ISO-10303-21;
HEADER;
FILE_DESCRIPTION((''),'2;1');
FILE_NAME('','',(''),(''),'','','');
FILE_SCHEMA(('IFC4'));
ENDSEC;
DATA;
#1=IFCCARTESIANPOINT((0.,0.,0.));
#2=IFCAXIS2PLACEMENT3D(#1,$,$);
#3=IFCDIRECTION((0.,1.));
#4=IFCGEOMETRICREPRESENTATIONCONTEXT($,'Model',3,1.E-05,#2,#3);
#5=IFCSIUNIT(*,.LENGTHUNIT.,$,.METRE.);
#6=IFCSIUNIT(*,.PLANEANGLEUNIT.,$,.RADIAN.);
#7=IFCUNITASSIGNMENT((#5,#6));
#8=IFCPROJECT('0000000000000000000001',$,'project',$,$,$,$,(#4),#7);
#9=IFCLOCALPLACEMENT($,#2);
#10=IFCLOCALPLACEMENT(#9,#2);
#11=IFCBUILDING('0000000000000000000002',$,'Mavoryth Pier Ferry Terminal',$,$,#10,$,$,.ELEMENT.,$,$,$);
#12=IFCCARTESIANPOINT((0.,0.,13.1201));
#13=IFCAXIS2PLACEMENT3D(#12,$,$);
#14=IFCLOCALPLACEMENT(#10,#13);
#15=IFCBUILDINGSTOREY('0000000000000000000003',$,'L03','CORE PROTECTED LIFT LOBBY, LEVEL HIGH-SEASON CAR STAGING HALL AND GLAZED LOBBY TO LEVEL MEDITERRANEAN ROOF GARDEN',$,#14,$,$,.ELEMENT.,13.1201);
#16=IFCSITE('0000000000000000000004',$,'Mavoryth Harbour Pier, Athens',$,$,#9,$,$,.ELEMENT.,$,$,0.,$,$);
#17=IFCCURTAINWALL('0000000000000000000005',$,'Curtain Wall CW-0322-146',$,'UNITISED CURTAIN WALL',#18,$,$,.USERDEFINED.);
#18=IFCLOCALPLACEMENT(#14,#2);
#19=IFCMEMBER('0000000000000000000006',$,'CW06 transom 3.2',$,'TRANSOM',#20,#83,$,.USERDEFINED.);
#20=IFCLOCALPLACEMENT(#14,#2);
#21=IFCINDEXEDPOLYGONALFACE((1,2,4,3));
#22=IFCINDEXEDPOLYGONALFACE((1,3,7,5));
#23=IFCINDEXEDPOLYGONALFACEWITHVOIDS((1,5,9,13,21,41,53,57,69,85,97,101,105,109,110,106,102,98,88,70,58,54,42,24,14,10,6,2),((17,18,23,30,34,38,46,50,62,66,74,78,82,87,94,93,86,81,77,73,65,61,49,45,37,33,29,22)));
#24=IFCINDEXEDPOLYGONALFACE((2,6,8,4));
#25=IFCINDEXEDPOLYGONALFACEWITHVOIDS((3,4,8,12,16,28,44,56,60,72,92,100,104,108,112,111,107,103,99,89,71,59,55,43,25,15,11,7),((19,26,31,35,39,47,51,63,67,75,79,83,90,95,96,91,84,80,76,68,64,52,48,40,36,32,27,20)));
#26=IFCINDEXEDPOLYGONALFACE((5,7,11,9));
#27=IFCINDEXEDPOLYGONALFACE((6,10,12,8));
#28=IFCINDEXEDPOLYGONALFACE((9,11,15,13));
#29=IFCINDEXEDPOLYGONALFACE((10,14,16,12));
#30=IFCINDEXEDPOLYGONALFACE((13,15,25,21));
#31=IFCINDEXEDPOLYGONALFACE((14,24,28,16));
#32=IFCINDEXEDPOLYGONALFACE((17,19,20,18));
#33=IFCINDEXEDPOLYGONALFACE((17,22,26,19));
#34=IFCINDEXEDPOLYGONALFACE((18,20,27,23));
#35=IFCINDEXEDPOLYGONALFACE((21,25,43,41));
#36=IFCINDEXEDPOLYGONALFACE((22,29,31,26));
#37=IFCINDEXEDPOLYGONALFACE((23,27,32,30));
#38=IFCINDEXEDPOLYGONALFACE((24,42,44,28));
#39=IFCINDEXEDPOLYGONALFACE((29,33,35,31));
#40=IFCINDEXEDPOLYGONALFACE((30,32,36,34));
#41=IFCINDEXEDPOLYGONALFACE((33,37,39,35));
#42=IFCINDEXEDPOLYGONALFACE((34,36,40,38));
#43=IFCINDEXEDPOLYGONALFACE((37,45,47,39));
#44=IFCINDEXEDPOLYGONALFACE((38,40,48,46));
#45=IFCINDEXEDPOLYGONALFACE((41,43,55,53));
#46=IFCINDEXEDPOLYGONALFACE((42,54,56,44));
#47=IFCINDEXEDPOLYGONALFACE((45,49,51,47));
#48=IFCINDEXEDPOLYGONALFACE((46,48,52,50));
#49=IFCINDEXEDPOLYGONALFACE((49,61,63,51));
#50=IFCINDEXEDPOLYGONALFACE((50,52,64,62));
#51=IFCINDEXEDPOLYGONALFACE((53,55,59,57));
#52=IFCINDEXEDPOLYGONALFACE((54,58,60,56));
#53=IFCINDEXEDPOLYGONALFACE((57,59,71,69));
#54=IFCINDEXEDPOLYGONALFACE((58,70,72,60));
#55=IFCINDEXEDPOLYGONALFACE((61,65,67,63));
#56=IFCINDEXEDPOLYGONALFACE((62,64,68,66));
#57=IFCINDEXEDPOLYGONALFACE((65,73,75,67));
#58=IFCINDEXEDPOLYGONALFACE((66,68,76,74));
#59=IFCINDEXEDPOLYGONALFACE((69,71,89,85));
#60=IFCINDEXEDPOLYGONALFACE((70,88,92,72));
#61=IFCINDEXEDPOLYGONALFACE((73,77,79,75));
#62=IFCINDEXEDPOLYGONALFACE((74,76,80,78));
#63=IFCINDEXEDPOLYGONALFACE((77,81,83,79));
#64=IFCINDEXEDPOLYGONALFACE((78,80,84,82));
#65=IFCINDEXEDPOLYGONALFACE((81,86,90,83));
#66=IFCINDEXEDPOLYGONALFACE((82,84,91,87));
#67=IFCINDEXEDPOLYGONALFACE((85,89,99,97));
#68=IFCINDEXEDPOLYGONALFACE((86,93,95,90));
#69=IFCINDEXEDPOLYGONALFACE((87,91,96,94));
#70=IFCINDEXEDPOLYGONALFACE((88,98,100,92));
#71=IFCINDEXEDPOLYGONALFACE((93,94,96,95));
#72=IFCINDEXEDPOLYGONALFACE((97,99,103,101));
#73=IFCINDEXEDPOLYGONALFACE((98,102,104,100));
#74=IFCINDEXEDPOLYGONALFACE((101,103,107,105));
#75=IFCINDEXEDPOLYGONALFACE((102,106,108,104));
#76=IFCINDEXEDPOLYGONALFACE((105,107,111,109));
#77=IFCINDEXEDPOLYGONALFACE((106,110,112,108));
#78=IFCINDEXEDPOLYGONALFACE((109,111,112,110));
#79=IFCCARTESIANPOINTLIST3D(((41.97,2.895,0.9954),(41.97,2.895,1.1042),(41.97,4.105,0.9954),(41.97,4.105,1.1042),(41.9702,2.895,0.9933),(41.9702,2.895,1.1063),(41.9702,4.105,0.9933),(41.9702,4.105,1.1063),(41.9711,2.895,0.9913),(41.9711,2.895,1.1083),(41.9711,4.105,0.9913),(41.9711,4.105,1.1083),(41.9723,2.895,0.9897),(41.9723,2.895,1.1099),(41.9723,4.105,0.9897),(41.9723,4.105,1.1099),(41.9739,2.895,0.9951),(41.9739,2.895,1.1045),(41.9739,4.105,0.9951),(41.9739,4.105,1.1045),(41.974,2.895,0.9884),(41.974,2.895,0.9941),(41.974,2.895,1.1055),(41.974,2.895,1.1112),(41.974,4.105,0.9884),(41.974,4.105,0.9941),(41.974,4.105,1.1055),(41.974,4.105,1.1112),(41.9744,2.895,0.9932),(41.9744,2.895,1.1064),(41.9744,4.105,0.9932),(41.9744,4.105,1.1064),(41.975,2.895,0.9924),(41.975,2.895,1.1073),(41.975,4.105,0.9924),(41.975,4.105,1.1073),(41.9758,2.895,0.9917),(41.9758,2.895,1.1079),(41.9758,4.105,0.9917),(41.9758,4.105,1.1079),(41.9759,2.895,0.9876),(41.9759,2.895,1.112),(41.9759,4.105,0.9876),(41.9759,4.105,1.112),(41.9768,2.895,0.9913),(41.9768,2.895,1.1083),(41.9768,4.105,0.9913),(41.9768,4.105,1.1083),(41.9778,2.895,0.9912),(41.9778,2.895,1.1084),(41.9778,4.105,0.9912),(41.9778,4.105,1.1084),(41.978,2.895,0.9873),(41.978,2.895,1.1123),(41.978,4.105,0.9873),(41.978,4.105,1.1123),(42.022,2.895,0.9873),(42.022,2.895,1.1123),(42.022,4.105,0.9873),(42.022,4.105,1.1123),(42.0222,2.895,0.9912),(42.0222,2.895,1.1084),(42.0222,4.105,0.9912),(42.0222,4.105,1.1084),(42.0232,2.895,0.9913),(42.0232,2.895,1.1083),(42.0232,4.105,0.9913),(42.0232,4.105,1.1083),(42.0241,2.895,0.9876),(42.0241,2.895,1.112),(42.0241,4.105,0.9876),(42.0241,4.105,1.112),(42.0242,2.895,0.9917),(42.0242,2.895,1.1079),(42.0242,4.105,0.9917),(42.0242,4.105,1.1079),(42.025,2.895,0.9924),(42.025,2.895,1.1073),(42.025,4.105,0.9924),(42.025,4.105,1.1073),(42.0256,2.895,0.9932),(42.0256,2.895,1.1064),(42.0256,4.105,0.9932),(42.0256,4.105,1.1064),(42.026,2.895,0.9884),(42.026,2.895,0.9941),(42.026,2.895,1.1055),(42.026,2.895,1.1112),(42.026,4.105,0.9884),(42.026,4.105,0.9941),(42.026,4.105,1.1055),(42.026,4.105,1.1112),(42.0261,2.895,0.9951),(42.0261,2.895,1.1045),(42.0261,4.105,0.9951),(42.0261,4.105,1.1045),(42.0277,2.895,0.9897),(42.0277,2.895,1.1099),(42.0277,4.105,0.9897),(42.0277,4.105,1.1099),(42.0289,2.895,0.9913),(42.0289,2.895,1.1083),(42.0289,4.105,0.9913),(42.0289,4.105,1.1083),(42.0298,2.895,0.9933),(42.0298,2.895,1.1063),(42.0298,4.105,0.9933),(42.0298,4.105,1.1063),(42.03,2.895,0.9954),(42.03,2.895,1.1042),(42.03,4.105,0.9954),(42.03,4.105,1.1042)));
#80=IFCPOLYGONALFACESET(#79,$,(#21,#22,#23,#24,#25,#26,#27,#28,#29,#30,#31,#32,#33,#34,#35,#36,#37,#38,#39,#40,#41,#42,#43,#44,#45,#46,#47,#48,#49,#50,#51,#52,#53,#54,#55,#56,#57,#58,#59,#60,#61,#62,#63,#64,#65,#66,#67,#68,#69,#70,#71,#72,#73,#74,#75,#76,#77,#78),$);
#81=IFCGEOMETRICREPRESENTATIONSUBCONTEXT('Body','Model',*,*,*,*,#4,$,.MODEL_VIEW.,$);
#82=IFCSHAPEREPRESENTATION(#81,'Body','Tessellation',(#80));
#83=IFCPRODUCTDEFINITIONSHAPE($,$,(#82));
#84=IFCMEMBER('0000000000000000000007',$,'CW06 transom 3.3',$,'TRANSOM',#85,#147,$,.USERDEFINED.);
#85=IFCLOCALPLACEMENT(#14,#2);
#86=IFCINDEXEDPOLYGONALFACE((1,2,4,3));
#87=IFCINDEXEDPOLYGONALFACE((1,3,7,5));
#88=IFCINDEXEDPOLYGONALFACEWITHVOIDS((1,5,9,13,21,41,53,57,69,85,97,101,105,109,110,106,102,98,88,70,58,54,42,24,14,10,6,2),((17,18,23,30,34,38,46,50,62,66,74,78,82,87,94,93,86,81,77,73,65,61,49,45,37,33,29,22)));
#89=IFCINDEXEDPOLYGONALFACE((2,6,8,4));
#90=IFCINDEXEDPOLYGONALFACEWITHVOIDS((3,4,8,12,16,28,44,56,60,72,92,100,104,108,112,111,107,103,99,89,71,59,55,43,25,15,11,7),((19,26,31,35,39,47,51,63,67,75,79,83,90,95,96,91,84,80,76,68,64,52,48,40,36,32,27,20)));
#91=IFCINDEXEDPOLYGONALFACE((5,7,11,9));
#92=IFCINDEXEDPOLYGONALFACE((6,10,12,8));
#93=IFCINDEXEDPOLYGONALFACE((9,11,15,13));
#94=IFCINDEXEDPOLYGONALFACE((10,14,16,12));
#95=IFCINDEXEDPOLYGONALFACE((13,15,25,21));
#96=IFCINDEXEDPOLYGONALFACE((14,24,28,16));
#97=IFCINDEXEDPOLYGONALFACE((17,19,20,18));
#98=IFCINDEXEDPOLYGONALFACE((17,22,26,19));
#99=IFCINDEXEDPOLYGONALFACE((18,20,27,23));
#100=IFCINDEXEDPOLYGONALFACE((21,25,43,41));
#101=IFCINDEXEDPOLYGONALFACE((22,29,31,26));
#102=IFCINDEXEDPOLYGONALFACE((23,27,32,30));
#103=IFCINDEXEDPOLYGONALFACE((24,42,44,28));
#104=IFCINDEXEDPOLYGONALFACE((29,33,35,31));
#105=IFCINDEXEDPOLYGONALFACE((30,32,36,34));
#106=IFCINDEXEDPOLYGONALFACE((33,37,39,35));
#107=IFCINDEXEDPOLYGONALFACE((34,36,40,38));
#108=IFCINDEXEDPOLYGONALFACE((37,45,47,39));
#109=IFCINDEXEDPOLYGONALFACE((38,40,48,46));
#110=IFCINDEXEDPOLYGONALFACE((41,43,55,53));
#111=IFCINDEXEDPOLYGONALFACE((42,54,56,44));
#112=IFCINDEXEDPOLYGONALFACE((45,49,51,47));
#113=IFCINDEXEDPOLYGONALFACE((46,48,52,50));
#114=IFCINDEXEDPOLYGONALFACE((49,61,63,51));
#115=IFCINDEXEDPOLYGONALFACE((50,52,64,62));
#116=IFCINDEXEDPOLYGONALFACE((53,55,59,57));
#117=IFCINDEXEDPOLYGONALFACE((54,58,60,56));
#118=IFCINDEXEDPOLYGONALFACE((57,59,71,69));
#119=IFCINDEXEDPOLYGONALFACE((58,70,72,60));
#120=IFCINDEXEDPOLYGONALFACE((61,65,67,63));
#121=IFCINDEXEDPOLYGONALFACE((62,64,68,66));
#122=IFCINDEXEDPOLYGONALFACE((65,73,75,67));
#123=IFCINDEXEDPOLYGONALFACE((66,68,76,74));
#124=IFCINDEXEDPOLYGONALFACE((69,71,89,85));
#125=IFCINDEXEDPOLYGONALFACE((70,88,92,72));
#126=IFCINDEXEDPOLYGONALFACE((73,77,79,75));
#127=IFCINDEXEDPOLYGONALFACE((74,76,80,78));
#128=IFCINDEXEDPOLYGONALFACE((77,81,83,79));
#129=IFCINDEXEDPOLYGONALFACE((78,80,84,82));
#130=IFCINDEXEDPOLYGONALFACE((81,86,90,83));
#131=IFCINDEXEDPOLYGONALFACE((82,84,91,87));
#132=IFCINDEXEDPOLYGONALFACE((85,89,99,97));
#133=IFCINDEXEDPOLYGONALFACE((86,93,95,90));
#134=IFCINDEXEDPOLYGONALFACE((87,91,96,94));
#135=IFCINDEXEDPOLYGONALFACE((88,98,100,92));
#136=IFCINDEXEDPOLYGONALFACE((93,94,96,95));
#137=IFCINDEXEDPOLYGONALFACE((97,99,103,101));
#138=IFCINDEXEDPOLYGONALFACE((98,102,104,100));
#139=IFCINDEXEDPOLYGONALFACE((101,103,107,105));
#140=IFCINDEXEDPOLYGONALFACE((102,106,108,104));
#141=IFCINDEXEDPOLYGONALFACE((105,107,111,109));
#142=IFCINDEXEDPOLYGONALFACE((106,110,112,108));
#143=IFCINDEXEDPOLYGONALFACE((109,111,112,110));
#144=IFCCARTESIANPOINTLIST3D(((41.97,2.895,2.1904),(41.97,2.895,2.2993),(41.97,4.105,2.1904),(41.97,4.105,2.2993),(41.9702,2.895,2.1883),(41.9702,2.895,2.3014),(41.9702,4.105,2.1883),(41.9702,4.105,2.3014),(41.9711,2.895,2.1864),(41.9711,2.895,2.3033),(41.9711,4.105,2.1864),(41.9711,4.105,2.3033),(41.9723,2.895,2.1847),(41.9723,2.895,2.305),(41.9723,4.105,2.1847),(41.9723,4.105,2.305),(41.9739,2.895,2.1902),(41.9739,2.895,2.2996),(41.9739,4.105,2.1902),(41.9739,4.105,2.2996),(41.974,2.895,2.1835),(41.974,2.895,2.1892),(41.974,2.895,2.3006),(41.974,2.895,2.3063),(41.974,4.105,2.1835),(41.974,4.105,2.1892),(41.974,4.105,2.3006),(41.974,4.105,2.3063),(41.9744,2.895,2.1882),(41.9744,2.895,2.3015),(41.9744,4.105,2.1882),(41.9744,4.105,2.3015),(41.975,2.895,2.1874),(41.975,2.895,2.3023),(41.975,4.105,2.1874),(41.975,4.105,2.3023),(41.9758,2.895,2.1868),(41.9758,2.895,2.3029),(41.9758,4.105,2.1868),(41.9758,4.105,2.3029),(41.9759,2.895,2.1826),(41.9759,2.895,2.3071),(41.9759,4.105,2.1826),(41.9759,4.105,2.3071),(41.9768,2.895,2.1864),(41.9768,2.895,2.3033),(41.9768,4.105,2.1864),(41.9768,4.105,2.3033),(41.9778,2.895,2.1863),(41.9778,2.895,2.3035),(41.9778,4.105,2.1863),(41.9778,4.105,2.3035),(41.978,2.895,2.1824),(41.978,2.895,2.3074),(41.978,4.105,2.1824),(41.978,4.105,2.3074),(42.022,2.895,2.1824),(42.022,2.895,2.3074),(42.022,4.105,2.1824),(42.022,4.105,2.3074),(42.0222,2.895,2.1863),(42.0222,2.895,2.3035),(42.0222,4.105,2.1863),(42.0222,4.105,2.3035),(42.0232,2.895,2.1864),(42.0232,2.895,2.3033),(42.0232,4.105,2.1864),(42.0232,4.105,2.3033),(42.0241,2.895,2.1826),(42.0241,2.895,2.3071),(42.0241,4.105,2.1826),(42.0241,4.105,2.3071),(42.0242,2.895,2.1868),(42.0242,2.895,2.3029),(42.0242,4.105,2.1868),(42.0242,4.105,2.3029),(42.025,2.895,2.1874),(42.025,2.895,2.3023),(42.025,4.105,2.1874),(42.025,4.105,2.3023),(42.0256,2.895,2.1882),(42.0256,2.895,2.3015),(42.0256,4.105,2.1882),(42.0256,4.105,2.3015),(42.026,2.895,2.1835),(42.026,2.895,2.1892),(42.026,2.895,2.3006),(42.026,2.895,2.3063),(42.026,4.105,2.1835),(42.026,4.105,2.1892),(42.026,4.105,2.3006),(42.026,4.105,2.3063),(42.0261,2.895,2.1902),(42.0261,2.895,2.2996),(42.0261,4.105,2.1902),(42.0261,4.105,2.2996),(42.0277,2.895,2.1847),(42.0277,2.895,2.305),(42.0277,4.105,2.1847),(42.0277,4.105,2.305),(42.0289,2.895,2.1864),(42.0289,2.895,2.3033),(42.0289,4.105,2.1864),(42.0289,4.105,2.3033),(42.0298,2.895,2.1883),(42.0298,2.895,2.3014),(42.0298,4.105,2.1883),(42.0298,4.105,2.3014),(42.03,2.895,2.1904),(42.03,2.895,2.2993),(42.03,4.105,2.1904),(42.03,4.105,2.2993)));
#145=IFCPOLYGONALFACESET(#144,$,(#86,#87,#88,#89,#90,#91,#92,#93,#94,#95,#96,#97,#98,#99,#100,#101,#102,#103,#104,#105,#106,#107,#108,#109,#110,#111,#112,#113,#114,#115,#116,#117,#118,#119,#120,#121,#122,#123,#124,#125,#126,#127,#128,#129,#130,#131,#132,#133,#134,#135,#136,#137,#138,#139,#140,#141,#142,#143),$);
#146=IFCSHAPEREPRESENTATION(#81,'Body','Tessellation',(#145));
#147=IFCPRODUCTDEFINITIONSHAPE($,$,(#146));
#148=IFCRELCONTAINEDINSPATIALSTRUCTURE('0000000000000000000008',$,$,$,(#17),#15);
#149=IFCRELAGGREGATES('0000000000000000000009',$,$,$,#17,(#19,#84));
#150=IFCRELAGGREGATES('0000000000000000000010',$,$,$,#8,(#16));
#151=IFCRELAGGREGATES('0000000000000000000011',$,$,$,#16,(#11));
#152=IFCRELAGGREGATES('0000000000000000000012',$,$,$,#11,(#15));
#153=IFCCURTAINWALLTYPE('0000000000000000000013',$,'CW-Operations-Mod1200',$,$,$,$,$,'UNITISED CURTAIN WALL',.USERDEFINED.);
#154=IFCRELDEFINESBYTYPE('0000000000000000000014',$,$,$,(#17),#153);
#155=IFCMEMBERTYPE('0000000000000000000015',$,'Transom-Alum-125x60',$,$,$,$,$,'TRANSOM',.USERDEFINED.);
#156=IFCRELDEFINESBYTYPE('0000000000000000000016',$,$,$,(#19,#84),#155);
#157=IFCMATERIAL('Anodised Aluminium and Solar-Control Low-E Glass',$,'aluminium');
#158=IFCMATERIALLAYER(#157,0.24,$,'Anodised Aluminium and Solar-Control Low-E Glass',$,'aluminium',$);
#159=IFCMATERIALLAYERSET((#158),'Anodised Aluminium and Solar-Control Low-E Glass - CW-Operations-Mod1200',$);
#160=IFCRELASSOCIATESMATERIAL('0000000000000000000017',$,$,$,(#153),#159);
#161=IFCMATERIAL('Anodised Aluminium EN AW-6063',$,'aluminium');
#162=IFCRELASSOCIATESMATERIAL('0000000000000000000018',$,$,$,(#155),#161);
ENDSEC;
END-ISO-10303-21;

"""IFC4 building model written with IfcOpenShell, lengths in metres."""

from ifc_helpers import new_model, si_unit, direction, frame, origin, origin_2d, place, context, subcontext, project, spatial, hollow_rectangle, extrude, material, layer, layer_set, material_profile, profile_set, type_object, element, aggregate, save


model = new_model("IFC4")

# Units and contexts
model_context = context("Model", 3, precision=1e-05, world=origin(), true_north=direction((0.0, 1.0)))
body_context = subcontext(model_context, "Body", "Model", "MODEL_VIEW")
ifc_project = project(units=[si_unit("LENGTHUNIT", "METRE"), si_unit("PLANEANGLEUNIT", "RADIAN")], contexts=[model_context])

# Site, building, storey
site_placement = place(None, origin())
site = spatial("IfcSite", under=ifc_project, at=site_placement, Name="Mavoryth Harbour Pier, Athens", CompositionType="ELEMENT", RefElevation=0.0)
building_placement = place(site_placement, origin())
building = spatial("IfcBuilding", under=site, at=building_placement, Name="Mavoryth Pier Ferry Terminal", CompositionType="ELEMENT")
storey_placement = place(building_placement, frame((0.0, 0.0, 13.1201)))
storey = spatial("IfcBuildingStorey", under=building, at=storey_placement, Name="L03", Description="CORE PROTECTED LIFT LOBBY, LEVEL HIGH-SEASON CAR STAGING HALL AND GLAZED LOBBY TO LEVEL MEDITERRANEAN ROOF GARDEN", CompositionType="ELEMENT", Elevation=13.1201)

# Shared definitions
ifc_material_1 = material(Name="Anodised Aluminium and Solar-Control Low-E Glass", Category="aluminium")
ifc_layer_1 = layer(ifc_material_1, 0.24, Name="Anodised Aluminium and Solar-Control Low-E Glass", Category="aluminium")
ifc_layer_set_1 = layer_set([ifc_layer_1], Name="Anodised Aluminium and Solar-Control Low-E Glass - CW-Operations-Mod1200")
curtain_wall_type = type_object("IfcCurtainWallType", Name="CW-Operations-Mod1200", ElementType="UNITISED CURTAIN WALL", PredefinedType="USERDEFINED", material=ifc_layer_set_1)
ifc_material_2 = material(Name="Anodised Aluminium EN AW-6063", Category="aluminium")

# Curtain wall, members
curtain_wall_1_placement = place(storey_placement, origin())
curtain_wall_1 = element("IfcCurtainWall", 1, at=curtain_wall_1_placement, inside=storey, type_object=curtain_wall_type, Name="Curtain Wall CW-0322-146", ObjectType="UNITISED CURTAIN WALL", PredefinedType="USERDEFINED")
ifc_material_profile_1 = material_profile(ifc_material_2, hollow_rectangle(XDim=0.0601, YDim=0.125, WallThickness=0.0039, InnerFilletRadius=0.0039, OuterFilletRadius=0.0081, at=origin_2d()), Name="AL-TRAN 125x60x4", Category="aluminium")
ifc_profile_set_1 = profile_set([ifc_material_profile_1], Name="Anodised Aluminium EN AW-6063 - AL-TRAN 125x60x4")
member_type_1 = type_object("IfcMemberType", Name="Transom-Alum-125x60", ElementType="TRANSOM", PredefinedType="USERDEFINED", material=ifc_profile_set_1)
member_1_placement = place(storey_placement, frame((42.0, 4.105, 1.0498), z_axis=(0.0, -1.0, 0.0), x_axis=(1.0, 0.0, 0.0)))
member_1 = element("IfcMember", 2, at=member_1_placement, type_object=member_type_1, Name="CW06 transom 3.2", ObjectType="TRANSOM", PredefinedType="USERDEFINED", context=body_context, shape_type="SweptSolid", body=[
    extrude(hollow_rectangle(XDim=0.0601, YDim=0.125, WallThickness=0.0039, InnerFilletRadius=0.0039, OuterFilletRadius=0.0081, at=origin_2d()), origin(), (0.0, 0.0, 1.0), 1.21),
])
member_2_placement = place(storey_placement, frame((42.0, 4.105, 2.2449), z_axis=(0.0, -1.0, 0.0), x_axis=(1.0, 0.0, 0.0)))
member_2 = element("IfcMember", 3, at=member_2_placement, type_object=member_type_1, Name="CW06 transom 3.3", ObjectType="TRANSOM", PredefinedType="USERDEFINED", context=body_context, shape_type="SweptSolid", body=[
    extrude(hollow_rectangle(XDim=0.0601, YDim=0.125, WallThickness=0.0039, InnerFilletRadius=0.0039, OuterFilletRadius=0.0081, at=origin_2d()), origin(), (0.0, 0.0, 1.0), 1.21),
])
aggregate(curtain_wall_1, [member_1, member_2])

save(model, "model.ifc")
